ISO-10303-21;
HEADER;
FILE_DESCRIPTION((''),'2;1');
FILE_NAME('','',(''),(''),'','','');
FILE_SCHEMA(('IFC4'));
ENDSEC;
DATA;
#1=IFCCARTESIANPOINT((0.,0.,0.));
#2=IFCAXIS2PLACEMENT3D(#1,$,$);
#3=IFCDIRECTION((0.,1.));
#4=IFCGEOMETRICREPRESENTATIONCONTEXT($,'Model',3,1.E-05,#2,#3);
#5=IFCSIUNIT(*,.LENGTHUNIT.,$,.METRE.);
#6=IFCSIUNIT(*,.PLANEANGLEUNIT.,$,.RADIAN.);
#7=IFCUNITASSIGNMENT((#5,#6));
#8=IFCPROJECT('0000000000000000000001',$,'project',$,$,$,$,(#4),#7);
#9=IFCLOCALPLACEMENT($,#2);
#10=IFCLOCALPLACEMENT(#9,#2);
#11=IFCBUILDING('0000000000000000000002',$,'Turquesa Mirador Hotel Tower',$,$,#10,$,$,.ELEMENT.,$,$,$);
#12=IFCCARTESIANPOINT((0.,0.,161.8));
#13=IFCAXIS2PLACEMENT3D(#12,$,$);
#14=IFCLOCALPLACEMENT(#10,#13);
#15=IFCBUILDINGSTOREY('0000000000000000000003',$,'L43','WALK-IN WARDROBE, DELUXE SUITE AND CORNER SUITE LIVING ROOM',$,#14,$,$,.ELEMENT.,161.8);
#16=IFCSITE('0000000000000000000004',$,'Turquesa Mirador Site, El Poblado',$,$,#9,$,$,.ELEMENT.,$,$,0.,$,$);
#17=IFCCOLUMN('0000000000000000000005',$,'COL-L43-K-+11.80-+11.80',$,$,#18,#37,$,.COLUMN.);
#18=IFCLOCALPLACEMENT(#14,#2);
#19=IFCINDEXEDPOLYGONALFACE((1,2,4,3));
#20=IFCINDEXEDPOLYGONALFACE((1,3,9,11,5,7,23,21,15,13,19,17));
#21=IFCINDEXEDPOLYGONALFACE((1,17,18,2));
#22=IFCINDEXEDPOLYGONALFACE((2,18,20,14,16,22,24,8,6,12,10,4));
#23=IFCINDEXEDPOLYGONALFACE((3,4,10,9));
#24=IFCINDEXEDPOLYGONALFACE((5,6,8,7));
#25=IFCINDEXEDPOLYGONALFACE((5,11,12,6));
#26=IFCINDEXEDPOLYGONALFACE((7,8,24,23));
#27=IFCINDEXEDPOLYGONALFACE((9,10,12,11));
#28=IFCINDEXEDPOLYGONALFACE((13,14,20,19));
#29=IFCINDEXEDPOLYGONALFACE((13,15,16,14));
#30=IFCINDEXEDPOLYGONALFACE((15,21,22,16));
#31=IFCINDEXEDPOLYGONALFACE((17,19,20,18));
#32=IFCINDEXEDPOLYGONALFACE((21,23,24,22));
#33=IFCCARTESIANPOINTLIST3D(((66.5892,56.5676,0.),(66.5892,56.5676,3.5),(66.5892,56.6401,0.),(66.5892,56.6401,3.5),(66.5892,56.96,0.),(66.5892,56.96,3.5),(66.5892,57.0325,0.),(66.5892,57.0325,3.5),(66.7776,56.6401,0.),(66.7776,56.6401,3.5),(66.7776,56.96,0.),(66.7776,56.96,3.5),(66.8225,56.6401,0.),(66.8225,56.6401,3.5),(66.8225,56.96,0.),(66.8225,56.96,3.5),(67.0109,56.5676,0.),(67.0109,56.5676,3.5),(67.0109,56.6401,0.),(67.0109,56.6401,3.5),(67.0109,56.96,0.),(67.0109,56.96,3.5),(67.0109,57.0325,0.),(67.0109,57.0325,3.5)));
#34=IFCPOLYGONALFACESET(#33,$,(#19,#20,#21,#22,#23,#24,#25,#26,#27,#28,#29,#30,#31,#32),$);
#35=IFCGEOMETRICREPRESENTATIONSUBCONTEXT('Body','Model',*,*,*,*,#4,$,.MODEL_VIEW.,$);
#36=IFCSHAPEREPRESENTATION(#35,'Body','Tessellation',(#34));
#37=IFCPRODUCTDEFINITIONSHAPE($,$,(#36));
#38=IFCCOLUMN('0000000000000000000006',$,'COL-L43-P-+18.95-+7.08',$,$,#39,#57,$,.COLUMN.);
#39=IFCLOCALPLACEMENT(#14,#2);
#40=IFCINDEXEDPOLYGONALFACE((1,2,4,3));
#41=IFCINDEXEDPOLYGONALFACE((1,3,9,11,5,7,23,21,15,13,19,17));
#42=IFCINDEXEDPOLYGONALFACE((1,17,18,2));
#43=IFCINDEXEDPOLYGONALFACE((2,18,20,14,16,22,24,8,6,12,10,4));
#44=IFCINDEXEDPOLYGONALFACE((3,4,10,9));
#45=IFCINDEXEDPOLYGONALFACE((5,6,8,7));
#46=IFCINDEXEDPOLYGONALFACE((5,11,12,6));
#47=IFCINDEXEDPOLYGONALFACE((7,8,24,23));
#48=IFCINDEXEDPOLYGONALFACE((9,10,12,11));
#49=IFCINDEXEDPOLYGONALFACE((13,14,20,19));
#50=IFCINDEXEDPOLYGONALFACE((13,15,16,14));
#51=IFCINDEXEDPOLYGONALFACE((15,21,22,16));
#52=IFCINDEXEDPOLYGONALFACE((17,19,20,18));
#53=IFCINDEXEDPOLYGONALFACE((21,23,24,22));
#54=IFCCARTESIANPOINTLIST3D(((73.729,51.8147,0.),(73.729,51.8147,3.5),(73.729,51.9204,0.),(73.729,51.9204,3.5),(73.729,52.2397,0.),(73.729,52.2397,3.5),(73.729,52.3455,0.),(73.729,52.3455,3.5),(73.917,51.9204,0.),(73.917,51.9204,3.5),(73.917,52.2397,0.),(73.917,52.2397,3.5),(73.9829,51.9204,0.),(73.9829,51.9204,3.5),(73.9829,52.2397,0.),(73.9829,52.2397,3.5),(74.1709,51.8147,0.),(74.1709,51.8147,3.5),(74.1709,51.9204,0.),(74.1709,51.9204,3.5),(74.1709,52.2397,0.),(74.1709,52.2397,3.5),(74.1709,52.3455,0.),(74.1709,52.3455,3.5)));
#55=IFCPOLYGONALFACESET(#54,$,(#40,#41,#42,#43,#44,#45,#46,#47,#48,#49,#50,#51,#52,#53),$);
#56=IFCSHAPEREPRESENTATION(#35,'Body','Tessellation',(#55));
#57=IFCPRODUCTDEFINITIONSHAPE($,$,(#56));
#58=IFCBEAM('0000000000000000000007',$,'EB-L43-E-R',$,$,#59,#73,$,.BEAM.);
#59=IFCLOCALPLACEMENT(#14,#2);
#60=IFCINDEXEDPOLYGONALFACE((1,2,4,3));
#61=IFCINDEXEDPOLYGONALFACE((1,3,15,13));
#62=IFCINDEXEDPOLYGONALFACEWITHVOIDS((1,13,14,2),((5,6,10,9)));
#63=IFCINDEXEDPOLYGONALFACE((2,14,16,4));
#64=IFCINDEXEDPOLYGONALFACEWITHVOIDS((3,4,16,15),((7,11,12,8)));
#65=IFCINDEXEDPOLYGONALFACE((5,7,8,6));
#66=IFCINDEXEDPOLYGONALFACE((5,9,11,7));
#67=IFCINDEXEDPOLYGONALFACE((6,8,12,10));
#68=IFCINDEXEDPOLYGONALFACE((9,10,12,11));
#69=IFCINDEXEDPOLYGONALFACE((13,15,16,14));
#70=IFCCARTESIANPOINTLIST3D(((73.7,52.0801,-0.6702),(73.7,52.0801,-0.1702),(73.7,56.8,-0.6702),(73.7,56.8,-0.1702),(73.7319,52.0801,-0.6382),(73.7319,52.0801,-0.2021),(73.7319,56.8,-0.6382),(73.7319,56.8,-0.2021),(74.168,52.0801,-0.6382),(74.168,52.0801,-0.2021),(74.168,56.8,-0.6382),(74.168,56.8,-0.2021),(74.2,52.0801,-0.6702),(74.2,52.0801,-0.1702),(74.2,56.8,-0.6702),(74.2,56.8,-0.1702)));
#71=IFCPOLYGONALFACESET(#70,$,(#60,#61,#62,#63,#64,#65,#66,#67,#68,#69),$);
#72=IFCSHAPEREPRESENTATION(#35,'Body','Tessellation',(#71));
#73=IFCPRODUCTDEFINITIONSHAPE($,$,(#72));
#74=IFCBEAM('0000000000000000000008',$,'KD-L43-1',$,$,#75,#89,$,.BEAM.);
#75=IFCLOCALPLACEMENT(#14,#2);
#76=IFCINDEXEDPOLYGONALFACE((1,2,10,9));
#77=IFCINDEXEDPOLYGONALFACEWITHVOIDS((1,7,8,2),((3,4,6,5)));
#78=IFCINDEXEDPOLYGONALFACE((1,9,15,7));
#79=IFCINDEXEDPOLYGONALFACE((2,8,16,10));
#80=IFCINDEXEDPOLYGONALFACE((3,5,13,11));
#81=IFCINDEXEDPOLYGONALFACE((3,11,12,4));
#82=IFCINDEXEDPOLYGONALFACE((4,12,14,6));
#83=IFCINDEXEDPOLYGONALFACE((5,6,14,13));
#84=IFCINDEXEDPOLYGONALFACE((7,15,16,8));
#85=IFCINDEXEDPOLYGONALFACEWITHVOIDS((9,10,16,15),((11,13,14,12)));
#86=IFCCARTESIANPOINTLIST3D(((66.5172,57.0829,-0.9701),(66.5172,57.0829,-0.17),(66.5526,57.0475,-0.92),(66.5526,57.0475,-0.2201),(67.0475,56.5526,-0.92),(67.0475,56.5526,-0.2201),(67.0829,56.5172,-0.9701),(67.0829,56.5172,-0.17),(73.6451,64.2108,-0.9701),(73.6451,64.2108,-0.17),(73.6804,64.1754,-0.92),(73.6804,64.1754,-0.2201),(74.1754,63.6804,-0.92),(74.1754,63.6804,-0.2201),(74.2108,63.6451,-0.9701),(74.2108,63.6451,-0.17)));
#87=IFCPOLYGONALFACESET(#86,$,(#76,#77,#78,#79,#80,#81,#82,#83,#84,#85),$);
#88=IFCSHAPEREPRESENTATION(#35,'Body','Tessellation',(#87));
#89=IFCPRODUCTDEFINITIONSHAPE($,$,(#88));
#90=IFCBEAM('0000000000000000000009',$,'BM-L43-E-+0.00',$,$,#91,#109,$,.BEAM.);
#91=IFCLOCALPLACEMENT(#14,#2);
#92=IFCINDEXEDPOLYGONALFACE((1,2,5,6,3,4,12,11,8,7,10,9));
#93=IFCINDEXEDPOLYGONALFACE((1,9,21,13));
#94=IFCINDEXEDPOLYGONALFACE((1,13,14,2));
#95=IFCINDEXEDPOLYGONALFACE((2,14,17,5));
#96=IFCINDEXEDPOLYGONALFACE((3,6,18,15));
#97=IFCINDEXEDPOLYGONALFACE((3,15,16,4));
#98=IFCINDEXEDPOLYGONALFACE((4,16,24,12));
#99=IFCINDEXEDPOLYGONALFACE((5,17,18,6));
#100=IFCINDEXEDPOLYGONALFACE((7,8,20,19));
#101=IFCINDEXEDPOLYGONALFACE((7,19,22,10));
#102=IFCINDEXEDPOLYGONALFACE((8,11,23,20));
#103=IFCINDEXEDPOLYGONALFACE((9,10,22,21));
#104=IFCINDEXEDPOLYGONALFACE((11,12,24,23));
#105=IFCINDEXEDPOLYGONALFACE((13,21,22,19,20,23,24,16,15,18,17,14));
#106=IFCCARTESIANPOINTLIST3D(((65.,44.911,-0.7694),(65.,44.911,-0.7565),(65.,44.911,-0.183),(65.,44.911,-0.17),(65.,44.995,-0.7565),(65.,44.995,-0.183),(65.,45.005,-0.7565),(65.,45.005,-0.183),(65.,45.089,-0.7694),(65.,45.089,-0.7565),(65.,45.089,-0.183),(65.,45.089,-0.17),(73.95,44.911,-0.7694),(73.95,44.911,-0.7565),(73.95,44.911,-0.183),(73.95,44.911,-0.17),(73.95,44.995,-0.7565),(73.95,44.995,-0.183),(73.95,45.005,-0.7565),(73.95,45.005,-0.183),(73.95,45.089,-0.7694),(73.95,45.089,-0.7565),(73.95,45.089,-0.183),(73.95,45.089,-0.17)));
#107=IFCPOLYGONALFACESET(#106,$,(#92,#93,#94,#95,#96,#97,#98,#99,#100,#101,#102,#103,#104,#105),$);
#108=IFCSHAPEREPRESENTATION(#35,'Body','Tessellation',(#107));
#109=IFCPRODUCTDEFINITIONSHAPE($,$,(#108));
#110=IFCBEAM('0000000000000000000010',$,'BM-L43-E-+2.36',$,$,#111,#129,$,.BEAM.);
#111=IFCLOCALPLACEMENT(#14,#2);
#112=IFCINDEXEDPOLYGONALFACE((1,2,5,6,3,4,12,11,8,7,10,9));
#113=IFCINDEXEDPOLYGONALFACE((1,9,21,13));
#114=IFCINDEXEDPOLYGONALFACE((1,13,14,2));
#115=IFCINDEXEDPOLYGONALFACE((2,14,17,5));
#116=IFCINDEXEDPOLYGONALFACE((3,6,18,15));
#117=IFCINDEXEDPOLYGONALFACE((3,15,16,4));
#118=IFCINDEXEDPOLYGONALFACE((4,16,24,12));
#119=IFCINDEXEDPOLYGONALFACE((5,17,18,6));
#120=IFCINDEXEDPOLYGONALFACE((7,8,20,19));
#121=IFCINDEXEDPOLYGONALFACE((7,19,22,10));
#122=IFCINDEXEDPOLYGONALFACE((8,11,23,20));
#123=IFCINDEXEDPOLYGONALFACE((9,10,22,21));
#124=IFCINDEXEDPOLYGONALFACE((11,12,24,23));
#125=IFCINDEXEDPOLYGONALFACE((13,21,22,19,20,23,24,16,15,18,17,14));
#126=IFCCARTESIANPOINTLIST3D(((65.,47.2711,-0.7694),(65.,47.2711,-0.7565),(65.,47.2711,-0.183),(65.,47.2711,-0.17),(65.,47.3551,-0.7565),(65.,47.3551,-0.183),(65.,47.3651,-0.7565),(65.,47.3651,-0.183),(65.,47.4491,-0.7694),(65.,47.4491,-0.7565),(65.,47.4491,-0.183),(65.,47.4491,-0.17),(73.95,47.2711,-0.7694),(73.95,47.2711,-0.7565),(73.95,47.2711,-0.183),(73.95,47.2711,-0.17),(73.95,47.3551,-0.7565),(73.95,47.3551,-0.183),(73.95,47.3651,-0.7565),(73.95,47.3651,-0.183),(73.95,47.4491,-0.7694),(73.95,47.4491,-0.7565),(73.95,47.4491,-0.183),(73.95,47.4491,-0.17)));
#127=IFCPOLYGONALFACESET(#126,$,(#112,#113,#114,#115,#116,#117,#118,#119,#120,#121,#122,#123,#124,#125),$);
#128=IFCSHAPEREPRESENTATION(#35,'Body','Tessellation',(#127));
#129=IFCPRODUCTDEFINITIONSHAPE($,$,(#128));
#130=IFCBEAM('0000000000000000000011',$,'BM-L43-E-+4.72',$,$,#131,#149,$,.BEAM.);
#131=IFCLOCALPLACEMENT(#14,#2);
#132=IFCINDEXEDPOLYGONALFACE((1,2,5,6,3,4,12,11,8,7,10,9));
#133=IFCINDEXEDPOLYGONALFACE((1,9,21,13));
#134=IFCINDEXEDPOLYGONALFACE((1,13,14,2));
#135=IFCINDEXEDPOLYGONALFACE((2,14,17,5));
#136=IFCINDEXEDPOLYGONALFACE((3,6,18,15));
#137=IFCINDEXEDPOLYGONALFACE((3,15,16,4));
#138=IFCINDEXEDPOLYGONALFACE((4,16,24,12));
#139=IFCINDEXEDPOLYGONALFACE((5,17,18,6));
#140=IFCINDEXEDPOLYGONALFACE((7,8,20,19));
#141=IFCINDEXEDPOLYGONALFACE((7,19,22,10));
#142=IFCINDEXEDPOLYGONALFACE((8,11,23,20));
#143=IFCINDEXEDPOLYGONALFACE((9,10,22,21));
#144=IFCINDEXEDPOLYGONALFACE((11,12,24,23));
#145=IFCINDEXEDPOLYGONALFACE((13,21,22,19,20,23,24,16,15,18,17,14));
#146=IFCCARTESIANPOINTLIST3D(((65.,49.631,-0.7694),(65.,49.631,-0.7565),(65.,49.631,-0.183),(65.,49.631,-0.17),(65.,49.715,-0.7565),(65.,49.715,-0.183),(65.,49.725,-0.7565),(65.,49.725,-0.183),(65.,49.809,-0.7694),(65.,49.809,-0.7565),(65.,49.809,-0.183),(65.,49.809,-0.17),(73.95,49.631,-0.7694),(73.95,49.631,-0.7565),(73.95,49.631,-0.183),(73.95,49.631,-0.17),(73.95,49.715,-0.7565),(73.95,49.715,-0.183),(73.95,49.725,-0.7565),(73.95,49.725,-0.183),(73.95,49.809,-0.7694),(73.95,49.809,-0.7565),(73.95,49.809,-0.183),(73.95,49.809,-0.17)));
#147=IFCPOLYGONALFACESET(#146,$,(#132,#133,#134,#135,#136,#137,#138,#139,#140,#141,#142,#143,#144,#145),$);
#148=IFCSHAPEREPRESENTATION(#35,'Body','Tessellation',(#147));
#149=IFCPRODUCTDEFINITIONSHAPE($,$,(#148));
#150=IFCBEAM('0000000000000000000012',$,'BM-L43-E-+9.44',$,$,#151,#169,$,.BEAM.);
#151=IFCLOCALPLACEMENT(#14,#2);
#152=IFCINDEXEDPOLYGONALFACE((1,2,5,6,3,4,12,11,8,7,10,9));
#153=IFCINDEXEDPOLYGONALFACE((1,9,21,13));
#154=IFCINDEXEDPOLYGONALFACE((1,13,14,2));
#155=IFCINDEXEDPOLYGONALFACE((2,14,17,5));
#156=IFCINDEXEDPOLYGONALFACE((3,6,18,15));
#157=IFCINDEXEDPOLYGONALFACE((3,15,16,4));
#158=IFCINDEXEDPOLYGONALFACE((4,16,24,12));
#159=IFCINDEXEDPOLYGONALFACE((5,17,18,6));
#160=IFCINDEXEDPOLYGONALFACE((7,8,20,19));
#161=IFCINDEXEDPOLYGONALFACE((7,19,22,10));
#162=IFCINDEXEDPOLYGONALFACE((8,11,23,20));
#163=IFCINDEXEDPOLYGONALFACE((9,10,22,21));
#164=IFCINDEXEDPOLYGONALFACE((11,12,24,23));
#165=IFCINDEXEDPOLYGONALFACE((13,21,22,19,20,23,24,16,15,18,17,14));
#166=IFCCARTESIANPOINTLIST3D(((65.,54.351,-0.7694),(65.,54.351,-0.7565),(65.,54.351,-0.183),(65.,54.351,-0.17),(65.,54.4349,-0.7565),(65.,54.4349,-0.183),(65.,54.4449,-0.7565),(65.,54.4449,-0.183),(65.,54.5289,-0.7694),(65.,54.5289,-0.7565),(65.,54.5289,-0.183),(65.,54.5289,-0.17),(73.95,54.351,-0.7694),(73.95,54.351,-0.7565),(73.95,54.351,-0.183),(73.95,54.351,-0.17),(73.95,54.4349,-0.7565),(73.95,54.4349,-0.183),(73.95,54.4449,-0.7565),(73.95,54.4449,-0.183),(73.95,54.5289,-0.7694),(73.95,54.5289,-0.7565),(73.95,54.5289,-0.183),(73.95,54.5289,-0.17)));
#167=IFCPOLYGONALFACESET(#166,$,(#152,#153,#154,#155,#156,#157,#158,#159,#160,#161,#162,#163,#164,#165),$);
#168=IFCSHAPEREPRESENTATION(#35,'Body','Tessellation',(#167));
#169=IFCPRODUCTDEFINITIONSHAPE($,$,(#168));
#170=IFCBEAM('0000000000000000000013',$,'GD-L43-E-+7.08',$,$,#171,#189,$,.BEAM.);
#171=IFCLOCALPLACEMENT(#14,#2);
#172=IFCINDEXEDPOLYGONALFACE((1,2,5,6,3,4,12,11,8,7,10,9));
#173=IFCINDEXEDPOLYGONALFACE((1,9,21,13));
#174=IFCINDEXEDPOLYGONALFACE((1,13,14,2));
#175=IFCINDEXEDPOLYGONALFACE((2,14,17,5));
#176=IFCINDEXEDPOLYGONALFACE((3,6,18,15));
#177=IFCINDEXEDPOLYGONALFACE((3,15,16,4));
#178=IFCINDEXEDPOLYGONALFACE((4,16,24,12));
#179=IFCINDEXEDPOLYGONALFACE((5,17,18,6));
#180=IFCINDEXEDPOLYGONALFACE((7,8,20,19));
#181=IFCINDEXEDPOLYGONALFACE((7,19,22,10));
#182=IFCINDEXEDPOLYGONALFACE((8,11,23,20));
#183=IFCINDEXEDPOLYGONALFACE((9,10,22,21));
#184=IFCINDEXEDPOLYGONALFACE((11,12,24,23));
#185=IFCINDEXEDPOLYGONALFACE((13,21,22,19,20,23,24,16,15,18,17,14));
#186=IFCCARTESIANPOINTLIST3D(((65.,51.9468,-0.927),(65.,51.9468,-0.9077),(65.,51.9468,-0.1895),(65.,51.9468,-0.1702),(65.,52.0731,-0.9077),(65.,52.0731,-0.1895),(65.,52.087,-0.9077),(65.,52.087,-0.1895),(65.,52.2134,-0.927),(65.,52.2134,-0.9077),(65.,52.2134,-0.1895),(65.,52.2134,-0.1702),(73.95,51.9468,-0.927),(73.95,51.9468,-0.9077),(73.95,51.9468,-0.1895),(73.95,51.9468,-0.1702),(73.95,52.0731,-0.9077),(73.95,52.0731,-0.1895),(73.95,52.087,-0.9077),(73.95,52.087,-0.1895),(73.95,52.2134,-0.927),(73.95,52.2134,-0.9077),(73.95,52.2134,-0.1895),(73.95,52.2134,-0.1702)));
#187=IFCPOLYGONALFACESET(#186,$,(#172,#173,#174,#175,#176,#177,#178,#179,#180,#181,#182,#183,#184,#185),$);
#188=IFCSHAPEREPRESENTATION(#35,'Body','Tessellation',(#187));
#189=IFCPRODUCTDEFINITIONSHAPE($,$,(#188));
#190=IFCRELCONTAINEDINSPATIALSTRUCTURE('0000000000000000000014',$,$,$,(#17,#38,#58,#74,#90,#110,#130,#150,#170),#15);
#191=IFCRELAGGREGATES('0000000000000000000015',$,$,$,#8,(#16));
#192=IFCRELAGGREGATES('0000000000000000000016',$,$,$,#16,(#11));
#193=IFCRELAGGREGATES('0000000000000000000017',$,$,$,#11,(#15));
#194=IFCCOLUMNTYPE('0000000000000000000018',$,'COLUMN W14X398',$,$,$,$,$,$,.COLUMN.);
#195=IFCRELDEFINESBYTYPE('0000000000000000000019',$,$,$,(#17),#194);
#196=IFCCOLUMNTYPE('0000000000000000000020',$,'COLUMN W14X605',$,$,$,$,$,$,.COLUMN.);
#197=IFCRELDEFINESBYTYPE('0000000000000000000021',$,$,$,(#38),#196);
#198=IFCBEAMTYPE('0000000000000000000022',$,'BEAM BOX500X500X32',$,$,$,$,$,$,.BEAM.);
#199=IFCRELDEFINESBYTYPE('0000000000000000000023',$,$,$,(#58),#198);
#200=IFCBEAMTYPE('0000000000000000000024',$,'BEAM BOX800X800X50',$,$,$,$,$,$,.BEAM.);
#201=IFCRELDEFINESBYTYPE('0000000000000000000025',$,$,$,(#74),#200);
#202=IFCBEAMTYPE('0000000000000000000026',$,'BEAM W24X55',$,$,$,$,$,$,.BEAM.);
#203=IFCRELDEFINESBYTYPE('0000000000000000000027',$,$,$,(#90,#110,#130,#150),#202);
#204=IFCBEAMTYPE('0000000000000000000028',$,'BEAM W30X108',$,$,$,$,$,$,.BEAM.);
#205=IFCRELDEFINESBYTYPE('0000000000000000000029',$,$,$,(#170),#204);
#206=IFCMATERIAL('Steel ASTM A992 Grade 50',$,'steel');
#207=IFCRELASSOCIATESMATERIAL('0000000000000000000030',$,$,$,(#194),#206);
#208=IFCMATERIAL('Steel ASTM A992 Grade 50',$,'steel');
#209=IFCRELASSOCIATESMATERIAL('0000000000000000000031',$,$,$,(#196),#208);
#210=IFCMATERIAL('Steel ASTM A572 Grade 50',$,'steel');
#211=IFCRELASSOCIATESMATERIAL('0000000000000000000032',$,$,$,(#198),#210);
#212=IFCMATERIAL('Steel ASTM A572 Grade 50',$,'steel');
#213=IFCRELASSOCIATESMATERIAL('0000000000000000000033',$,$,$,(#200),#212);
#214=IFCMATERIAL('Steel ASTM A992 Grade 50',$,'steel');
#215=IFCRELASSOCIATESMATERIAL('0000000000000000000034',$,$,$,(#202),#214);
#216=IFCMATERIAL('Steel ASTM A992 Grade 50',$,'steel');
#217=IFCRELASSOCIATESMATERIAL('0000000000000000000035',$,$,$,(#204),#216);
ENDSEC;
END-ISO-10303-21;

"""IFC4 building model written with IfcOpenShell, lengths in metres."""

from ifc_helpers import new_model, si_unit, direction, frame, origin, origin_2d, place, context, subcontext, project, spatial, hollow_rectangle, i_section, extrude, material, material_profile, profile_set, type_object, element, save


model = new_model("IFC4")

# Units and contexts
model_context = context("Model", 3, precision=1e-05, world=origin(), true_north=direction((0.0, 1.0)))
body_context = subcontext(model_context, "Body", "Model", "MODEL_VIEW")
ifc_project = project(units=[si_unit("LENGTHUNIT", "METRE"), si_unit("PLANEANGLEUNIT", "RADIAN")], contexts=[model_context])

# Site, building, storey
site_placement = place(None, origin())
site = spatial("IfcSite", under=ifc_project, at=site_placement, Name="Turquesa Mirador Site, El Poblado", CompositionType="ELEMENT", RefElevation=0.0)
building_placement = place(site_placement, origin())
building = spatial("IfcBuilding", under=site, at=building_placement, Name="Turquesa Mirador Hotel Tower", CompositionType="ELEMENT")
storey_placement = place(building_placement, frame((0.0, 0.0, 161.8)))
storey = spatial("IfcBuildingStorey", under=building, at=storey_placement, Name="L43", Description="WALK-IN WARDROBE, DELUXE SUITE AND CORNER SUITE LIVING ROOM", CompositionType="ELEMENT", Elevation=161.8)

# Columns
ifc_material_1 = material(Name="Steel ASTM A992 Grade 50", Category="steel")
ifc_material_profile_1 = material_profile(ifc_material_1, i_section(OverallWidth=0.4216, OverallDepth=0.4648, WebThickness=0.0449, FlangeThickness=0.0725, at=origin_2d()), Name="W14X398")
ifc_profile_set_1 = profile_set([ifc_material_profile_1], Name="Steel ASTM A992 Grade 50")
column_type_1 = type_object("IfcColumnType", Name="COLUMN W14X398", PredefinedType="COLUMN", material=ifc_profile_set_1)
column_1_placement = place(storey_placement, frame((66.8, 56.8, 0.0), z_axis=(0.0, 0.0, 1.0), x_axis=(1.0, 0.0, 0.0)))
element("IfcColumn", 1, at=column_1_placement, inside=storey, type_object=column_type_1, Name="COL-L43-K-+11.80-+11.80", PredefinedType="COLUMN", context=body_context, shape_type="SweptSolid", body=[
    extrude(i_section(OverallWidth=0.4216, OverallDepth=0.4648, WebThickness=0.0449, FlangeThickness=0.0725, at=origin_2d()), origin(), (0.0, 0.0, 1.0), 3.5),
])
ifc_material_2 = material(Name="Steel ASTM A992 Grade 50", Category="steel")
ifc_material_profile_2 = material_profile(ifc_material_2, i_section(OverallWidth=0.4419, OverallDepth=0.5308, WebThickness=0.0659, FlangeThickness=0.1057, at=origin_2d()), Name="W14X605")
ifc_profile_set_2 = profile_set([ifc_material_profile_2], Name="Steel ASTM A992 Grade 50")
column_type_2 = type_object("IfcColumnType", Name="COLUMN W14X605", PredefinedType="COLUMN", material=ifc_profile_set_2)
column_2_placement = place(storey_placement, frame((73.95, 52.0801, 0.0), z_axis=(0.0, 0.0, 1.0), x_axis=(1.0, 0.0, 0.0)))
element("IfcColumn", 2, at=column_2_placement, inside=storey, type_object=column_type_2, Name="COL-L43-P-+18.95-+7.08", PredefinedType="COLUMN", context=body_context, shape_type="SweptSolid", body=[
    extrude(i_section(OverallWidth=0.4419, OverallDepth=0.5308, WebThickness=0.0659, FlangeThickness=0.1057, at=origin_2d()), origin(), (0.0, 0.0, 1.0), 3.5),
])

# Beams
ifc_material_3 = material(Name="Steel ASTM A572 Grade 50", Category="steel")
ifc_material_profile_3 = material_profile(ifc_material_3, hollow_rectangle(XDim=0.5, YDim=0.5, WallThickness=0.032, at=origin_2d()), Name="BOX500X500X32")
ifc_profile_set_3 = profile_set([ifc_material_profile_3], Name="Steel ASTM A572 Grade 50")
beam_type_1 = type_object("IfcBeamType", Name="BEAM BOX500X500X32", PredefinedType="BEAM", material=ifc_profile_set_3)
beam_1_placement = place(storey_placement, frame((73.95, 52.0801, -0.4202), z_axis=(0.0, 1.0, 0.0), x_axis=(-1.0, 0.0, 0.0)))
element("IfcBeam", 3, at=beam_1_placement, inside=storey, type_object=beam_type_1, Name="EB-L43-E-R", PredefinedType="BEAM", context=body_context, shape_type="SweptSolid", body=[
    extrude(hollow_rectangle(XDim=0.5, YDim=0.5, WallThickness=0.032, at=origin_2d()), origin(), (0.0, 0.0, 1.0), 4.72),
])
ifc_material_4 = material(Name="Steel ASTM A572 Grade 50", Category="steel")
ifc_material_profile_4 = material_profile(ifc_material_4, hollow_rectangle(XDim=0.8, YDim=0.8, WallThickness=0.05, at=origin_2d()), Name="BOX800X800X50")
ifc_profile_set_4 = profile_set([ifc_material_profile_4], Name="Steel ASTM A572 Grade 50")
beam_type_2 = type_object("IfcBeamType", Name="BEAM BOX800X800X50", PredefinedType="BEAM", material=ifc_profile_set_4)
beam_2_placement = place(storey_placement, frame((66.8, 56.8, -0.5701), z_axis=(0.707107, 0.707107, 0.0), x_axis=(-0.707107, 0.707107, 0.0)))
element("IfcBeam", 4, at=beam_2_placement, inside=storey, type_object=beam_type_2, Name="KD-L43-1", PredefinedType="BEAM", context=body_context, shape_type="SweptSolid", body=[
    extrude(hollow_rectangle(XDim=0.8, YDim=0.8, WallThickness=0.05, at=origin_2d()), origin(), (0.0, 0.0, 1.0), 10.0803),
])
ifc_material_5 = material(Name="Steel ASTM A992 Grade 50", Category="steel")
ifc_material_profile_5 = material_profile(ifc_material_5, i_section(OverallWidth=0.178, OverallDepth=0.5994, WebThickness=0.01, FlangeThickness=0.0129, at=origin_2d()), Name="W24X55")
ifc_profile_set_5 = profile_set([ifc_material_profile_5], Name="Steel ASTM A992 Grade 50")
beam_type_3 = type_object("IfcBeamType", Name="BEAM W24X55", PredefinedType="BEAM", material=ifc_profile_set_5)
for number, where, z_axis, x_axis, name in (
    (5, (73.95, 45.0, -0.4697), (-1.0, 0.0, 0.0), (0.0, -1.0, 0.0), "BM-L43-E-+0.00"),
    (6, (73.95, 47.3601, -0.4697), (-1.0, 0.0, 0.0), (0.0, -1.0, 0.0), "BM-L43-E-+2.36"),
    (7, (73.95, 49.72, -0.4697), (-1.0, 0.0, 0.0), (0.0, -1.0, 0.0), "BM-L43-E-+4.72"),
    (8, (73.95, 54.4399, -0.4697), (-1.0, 0.0, 0.0), (0.0, -1.0, 0.0), "BM-L43-E-+9.44"),
):
    element("IfcBeam", number, at=place(storey_placement, frame(where, z_axis=z_axis, x_axis=x_axis)), inside=storey, type_object=beam_type_3, Name=name, PredefinedType="BEAM", context=body_context, shape_type="SweptSolid", body=[
        extrude(i_section(OverallWidth=0.178, OverallDepth=0.5994, WebThickness=0.01, FlangeThickness=0.0129, at=origin_2d()), origin(), (0.0, 0.0, 1.0), 8.95),
    ])
ifc_material_6 = material(Name="Steel ASTM A992 Grade 50", Category="steel")
ifc_material_profile_6 = material_profile(ifc_material_6, i_section(OverallWidth=0.2666, OverallDepth=0.7568, WebThickness=0.0139, FlangeThickness=0.0193, at=origin_2d()), Name="W30X108")
ifc_profile_set_6 = profile_set([ifc_material_profile_6], Name="Steel ASTM A992 Grade 50")
beam_type_4 = type_object("IfcBeamType", Name="BEAM W30X108", PredefinedType="BEAM", material=ifc_profile_set_6)
beam_3_placement = place(storey_placement, frame((73.95, 52.0801, -0.5486), z_axis=(-1.0, 0.0, 0.0), x_axis=(0.0, -1.0, 0.0)))
element("IfcBeam", 9, at=beam_3_placement, inside=storey, type_object=beam_type_4, Name="GD-L43-E-+7.08", PredefinedType="BEAM", context=body_context, shape_type="SweptSolid", body=[
    extrude(i_section(OverallWidth=0.2666, OverallDepth=0.7568, WebThickness=0.0139, FlangeThickness=0.0193, at=origin_2d()), origin(), (0.0, 0.0, 1.0), 8.95),
])

save(model, "model.ifc")
